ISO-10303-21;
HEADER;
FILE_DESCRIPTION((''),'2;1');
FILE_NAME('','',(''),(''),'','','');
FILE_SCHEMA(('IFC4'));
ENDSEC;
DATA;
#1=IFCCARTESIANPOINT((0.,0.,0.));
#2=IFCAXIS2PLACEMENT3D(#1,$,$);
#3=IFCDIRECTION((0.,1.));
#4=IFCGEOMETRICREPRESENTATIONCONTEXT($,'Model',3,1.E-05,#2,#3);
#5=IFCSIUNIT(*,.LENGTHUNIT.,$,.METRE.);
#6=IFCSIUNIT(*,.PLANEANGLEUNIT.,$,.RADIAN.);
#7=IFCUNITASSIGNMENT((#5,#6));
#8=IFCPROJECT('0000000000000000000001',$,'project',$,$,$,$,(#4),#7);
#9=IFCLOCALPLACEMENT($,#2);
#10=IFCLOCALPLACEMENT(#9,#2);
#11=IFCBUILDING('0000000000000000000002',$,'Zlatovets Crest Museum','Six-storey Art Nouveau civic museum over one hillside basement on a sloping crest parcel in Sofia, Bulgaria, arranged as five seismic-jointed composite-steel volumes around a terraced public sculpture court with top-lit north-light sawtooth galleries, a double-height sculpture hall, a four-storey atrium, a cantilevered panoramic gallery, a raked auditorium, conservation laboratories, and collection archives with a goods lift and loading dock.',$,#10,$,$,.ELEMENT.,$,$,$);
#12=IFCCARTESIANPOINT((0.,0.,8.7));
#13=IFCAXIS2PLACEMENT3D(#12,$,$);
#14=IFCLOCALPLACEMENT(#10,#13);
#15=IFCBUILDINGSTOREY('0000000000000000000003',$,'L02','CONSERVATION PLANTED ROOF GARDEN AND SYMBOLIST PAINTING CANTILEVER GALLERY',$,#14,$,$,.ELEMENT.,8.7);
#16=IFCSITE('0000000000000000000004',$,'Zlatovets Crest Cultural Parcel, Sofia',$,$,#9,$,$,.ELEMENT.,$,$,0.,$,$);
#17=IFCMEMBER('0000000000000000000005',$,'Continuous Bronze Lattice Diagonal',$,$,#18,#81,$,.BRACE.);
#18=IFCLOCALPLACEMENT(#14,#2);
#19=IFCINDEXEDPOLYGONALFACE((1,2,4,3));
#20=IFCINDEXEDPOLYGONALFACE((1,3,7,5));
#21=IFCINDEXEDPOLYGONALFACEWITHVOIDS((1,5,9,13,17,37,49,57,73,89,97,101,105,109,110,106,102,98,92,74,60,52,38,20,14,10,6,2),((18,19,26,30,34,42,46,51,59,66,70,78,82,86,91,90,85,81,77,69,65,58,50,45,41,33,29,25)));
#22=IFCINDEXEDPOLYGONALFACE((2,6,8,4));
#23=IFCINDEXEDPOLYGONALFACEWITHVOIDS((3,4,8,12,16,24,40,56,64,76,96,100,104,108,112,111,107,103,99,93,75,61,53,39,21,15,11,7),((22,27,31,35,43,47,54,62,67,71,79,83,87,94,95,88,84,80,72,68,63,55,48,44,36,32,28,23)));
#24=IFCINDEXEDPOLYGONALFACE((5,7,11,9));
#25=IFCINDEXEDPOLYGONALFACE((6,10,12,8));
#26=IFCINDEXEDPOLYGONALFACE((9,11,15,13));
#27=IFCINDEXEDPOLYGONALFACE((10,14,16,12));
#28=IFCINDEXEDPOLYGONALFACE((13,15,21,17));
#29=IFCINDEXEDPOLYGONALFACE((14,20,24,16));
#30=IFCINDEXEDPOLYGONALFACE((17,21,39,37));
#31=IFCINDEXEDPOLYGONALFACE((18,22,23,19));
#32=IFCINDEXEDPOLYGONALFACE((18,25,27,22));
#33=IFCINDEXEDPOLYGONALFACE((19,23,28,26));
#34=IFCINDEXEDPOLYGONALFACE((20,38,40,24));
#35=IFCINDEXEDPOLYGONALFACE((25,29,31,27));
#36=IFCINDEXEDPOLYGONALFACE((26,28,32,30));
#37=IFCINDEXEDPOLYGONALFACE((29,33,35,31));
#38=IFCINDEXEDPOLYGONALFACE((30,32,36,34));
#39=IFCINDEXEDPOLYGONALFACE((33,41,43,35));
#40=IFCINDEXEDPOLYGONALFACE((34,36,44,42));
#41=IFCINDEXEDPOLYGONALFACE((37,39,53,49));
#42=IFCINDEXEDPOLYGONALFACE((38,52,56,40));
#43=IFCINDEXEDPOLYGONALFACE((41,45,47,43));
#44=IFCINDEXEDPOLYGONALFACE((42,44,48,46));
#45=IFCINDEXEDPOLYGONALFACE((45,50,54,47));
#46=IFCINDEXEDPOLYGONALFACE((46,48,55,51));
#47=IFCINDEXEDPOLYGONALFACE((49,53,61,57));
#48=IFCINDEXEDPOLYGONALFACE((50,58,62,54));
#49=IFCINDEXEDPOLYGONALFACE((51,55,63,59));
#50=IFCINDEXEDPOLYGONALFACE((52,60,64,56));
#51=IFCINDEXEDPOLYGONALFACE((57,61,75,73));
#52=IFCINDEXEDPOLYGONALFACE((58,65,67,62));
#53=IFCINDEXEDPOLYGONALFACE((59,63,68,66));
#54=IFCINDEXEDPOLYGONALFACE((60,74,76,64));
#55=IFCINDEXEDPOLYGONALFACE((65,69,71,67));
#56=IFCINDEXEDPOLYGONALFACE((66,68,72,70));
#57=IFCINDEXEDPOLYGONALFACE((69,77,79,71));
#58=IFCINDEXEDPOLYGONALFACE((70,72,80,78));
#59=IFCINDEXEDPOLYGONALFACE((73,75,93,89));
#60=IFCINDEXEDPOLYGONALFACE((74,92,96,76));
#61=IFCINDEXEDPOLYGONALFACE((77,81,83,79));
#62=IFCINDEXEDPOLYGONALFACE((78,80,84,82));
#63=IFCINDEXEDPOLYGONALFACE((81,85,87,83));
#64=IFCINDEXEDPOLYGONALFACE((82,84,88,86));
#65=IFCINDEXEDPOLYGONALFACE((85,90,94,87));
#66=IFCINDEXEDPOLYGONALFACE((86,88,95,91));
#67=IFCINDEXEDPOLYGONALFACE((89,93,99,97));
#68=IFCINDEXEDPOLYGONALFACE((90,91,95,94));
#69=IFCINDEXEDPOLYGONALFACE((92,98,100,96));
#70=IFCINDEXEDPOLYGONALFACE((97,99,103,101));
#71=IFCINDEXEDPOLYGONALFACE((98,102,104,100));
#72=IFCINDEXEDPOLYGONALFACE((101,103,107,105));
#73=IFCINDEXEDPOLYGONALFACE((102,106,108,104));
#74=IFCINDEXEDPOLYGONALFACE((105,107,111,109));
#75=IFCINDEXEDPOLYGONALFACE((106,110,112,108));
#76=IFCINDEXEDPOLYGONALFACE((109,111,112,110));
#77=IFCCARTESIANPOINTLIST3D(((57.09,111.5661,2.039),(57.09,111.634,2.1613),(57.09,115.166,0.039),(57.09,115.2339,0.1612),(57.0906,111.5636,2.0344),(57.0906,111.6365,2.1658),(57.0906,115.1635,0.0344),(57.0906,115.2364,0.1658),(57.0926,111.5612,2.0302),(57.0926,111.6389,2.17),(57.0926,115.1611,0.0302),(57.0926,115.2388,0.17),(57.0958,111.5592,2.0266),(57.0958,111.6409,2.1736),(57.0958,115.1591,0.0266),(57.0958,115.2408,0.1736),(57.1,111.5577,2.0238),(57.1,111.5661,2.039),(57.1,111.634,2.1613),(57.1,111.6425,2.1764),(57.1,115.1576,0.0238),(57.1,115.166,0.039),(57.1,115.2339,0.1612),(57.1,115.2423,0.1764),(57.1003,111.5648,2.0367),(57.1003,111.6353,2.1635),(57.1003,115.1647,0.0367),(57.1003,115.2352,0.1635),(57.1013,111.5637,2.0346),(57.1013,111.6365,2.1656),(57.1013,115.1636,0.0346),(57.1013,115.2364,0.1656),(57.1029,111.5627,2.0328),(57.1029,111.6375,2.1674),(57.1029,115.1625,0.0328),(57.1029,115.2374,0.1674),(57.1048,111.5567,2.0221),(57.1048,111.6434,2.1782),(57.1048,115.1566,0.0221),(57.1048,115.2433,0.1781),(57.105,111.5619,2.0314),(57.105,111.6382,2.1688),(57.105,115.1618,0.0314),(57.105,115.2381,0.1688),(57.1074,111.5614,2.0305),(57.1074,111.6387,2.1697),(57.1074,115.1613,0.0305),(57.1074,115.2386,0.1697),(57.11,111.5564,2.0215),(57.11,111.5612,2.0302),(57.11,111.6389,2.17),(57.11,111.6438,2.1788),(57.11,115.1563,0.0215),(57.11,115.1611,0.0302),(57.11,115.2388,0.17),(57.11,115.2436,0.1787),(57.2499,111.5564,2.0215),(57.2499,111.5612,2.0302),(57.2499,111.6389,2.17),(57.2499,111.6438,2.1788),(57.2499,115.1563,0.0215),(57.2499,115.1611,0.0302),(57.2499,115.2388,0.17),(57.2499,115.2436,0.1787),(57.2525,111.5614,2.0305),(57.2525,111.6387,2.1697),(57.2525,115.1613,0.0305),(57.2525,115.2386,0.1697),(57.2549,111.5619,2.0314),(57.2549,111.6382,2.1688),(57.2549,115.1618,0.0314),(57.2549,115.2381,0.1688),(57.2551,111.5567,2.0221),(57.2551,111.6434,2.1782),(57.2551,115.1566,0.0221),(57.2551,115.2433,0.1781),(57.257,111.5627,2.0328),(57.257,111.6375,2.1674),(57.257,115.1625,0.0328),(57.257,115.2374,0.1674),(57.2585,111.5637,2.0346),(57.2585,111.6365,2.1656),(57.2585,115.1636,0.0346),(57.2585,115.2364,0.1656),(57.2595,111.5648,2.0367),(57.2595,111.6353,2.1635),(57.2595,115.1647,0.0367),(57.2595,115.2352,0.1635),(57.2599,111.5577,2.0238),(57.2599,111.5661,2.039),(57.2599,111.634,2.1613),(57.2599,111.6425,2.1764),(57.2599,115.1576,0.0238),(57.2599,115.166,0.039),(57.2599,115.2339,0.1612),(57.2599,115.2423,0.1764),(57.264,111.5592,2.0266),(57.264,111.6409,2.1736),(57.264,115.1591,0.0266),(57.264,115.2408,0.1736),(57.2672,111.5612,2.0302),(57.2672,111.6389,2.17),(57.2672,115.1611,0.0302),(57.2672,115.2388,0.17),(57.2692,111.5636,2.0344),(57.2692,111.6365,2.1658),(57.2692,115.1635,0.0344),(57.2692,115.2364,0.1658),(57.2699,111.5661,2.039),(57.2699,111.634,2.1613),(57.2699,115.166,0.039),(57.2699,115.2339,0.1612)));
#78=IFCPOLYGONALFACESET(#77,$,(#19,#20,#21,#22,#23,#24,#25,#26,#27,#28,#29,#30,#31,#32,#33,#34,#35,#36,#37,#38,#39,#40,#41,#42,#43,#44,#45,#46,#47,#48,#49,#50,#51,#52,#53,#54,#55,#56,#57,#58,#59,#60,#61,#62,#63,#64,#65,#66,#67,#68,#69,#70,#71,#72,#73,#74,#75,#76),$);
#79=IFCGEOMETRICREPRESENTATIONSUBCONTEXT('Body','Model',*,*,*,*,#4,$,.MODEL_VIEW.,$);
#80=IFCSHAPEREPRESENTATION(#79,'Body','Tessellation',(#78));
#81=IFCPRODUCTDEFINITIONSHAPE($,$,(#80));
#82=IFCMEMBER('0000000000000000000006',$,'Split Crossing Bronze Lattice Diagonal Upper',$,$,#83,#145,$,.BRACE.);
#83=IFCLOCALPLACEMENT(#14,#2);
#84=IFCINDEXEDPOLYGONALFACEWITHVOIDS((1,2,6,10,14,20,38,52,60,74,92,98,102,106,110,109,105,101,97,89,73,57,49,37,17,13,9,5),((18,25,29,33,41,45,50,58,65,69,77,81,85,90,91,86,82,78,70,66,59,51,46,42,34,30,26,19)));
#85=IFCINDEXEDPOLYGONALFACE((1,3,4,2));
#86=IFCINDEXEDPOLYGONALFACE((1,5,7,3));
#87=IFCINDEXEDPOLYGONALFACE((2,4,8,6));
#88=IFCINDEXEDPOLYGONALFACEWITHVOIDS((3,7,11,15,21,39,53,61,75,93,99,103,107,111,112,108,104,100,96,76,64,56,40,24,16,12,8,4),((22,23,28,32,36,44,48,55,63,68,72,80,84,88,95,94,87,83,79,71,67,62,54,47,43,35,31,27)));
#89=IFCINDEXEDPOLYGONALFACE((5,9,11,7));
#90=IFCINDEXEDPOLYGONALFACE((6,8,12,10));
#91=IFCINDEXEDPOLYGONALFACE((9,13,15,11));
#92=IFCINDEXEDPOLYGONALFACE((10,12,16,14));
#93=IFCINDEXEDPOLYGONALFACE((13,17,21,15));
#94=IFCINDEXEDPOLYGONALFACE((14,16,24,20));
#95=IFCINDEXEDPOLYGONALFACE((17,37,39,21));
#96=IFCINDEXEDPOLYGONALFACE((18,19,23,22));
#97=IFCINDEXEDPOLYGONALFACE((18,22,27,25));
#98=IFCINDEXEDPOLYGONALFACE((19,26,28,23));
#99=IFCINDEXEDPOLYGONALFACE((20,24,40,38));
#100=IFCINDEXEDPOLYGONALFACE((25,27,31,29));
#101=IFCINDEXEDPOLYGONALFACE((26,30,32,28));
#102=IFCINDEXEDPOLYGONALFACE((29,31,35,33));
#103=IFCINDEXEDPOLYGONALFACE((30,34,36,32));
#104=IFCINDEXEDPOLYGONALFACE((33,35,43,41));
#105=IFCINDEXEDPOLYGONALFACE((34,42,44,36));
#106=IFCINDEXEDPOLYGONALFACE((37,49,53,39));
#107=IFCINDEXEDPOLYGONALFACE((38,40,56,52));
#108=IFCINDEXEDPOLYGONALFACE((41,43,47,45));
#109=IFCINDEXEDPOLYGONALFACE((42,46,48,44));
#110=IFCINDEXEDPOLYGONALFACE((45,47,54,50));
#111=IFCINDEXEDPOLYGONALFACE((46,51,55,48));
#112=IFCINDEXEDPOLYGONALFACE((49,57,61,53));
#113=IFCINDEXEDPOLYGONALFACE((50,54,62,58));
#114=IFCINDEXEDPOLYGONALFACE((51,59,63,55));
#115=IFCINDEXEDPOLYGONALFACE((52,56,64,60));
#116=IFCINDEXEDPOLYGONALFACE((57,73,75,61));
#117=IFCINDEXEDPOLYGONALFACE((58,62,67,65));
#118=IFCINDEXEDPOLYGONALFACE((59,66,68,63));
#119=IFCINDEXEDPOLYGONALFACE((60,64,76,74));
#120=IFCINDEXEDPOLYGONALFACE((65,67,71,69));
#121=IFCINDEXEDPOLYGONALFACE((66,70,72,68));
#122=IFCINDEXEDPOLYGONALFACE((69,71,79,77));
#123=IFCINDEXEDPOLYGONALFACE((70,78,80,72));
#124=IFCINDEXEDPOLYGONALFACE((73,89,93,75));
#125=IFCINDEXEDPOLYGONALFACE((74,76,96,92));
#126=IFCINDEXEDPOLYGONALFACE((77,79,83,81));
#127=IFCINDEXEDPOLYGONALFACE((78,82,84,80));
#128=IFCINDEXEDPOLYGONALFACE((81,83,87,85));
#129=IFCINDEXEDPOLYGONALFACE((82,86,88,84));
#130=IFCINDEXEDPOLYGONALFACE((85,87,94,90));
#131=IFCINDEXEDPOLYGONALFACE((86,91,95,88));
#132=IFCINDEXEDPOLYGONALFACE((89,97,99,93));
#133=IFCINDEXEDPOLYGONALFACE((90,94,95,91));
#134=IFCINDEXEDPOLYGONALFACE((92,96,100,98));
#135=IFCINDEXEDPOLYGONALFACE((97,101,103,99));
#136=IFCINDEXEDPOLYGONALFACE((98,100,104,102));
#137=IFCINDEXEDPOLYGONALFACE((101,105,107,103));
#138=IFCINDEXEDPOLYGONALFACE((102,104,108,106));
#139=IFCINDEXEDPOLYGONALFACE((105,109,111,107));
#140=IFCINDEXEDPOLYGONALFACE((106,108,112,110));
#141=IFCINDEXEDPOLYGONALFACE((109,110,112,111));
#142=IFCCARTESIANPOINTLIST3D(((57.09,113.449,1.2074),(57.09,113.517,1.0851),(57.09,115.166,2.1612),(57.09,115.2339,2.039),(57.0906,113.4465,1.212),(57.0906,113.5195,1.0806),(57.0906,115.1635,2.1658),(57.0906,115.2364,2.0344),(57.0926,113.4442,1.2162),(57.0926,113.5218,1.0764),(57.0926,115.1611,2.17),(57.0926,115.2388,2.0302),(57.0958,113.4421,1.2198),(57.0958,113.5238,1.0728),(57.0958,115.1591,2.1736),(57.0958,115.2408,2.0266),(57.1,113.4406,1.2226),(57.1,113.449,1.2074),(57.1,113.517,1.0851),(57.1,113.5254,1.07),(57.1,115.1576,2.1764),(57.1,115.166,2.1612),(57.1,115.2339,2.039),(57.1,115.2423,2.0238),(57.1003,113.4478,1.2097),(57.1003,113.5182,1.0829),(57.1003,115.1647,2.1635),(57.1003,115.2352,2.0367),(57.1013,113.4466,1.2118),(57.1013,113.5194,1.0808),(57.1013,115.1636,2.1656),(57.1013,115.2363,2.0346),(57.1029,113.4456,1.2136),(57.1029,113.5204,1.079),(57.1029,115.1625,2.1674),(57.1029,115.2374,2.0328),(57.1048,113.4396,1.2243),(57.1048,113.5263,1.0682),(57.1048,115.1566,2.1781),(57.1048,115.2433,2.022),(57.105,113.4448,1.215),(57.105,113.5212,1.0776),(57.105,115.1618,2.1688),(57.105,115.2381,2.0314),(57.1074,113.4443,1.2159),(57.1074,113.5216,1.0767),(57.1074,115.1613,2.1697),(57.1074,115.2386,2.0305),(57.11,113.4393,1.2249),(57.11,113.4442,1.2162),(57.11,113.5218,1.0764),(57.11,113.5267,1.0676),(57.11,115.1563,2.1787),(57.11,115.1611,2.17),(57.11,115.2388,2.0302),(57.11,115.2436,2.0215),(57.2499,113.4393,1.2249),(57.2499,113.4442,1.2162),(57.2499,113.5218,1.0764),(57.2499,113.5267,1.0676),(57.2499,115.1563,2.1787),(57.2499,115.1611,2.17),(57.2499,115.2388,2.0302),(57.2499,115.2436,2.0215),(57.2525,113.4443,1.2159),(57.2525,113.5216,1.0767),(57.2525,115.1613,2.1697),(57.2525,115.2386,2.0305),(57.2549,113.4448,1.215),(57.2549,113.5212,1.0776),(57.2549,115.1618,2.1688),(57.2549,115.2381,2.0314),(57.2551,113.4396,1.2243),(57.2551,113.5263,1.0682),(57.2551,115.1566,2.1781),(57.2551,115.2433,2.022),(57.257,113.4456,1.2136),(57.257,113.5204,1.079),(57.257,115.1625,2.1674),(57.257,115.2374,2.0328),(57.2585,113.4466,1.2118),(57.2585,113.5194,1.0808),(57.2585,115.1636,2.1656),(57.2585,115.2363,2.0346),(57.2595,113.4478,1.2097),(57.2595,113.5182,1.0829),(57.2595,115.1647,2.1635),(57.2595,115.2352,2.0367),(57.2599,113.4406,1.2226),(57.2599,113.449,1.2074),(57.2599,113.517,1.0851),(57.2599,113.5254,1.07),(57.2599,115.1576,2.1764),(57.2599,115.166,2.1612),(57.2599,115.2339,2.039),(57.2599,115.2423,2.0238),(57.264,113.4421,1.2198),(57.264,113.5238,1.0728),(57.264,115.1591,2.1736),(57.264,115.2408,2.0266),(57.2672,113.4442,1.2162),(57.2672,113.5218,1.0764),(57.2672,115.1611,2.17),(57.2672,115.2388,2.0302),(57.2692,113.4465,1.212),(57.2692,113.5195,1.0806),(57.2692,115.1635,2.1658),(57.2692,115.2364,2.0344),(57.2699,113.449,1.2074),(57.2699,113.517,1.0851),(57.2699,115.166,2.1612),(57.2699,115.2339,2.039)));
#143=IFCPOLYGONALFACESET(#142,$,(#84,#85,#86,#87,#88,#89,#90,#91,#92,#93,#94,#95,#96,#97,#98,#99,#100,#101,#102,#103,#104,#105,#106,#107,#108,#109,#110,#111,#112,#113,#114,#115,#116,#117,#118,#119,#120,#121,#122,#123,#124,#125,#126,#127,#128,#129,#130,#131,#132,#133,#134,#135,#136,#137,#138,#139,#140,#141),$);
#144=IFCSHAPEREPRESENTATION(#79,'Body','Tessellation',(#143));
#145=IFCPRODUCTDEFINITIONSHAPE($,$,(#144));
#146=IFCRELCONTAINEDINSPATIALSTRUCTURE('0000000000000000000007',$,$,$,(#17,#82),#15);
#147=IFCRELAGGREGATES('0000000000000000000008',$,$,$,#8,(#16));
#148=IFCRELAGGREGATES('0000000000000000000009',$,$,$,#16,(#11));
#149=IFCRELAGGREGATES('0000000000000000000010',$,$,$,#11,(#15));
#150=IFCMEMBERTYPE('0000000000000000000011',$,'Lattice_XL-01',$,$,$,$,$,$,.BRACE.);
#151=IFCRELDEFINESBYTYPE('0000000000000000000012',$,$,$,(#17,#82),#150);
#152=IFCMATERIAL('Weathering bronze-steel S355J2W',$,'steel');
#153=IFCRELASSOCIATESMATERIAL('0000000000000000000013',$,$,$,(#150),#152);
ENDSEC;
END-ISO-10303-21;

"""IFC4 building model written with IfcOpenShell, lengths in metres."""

from ifc_helpers import new_model, si_unit, direction, frame, origin, origin_2d, place, context, subcontext, project, spatial, hollow_rectangle, extrude, material, material_profile, profile_set, type_object, element, save


model = new_model("IFC4")

# Units and contexts
model_context = context("Model", 3, precision=1e-05, world=origin(), true_north=direction((0.0, 1.0)))
body_context = subcontext(model_context, "Body", "Model", "MODEL_VIEW")
ifc_project = project(units=[si_unit("LENGTHUNIT", "METRE"), si_unit("PLANEANGLEUNIT", "RADIAN")], contexts=[model_context])

# Site, building, storey
site_placement = place(None, origin())
site = spatial("IfcSite", under=ifc_project, at=site_placement, Name="Zlatovets Crest Cultural Parcel, Sofia", CompositionType="ELEMENT", RefElevation=0.0)
building_placement = place(site_placement, origin())
building = spatial("IfcBuilding", under=site, at=building_placement, Name="Zlatovets Crest Museum", Description="Six-storey Art Nouveau civic museum over one hillside basement on a sloping crest parcel in Sofia, Bulgaria, arranged as five seismic-jointed composite-steel volumes around a terraced public sculpture court with top-lit north-light sawtooth galleries, a double-height sculpture hall, a four-storey atrium, a cantilevered panoramic gallery, a raked auditorium, conservation laboratories, and collection archives with a goods lift and loading dock.", CompositionType="ELEMENT")
storey_placement = place(building_placement, frame((0.0, 0.0, 8.7)))
storey = spatial("IfcBuildingStorey", under=building, at=storey_placement, Name="L02", Description="CONSERVATION PLANTED ROOF GARDEN AND SYMBOLIST PAINTING CANTILEVER GALLERY", CompositionType="ELEMENT", Elevation=8.7)

# Members
ifc_material_1 = material(Name="Weathering bronze-steel S355J2W", Category="steel")
ifc_material_profile_1 = material_profile(ifc_material_1, hollow_rectangle(XDim=0.1799, YDim=0.1799, WallThickness=0.01, InnerFilletRadius=0.01, OuterFilletRadius=0.02, at=origin_2d()), Name="SHS 180x180x10.0")
ifc_profile_set_1 = profile_set([ifc_material_profile_1], Name="Weathering bronze-steel S355J2W")
member_type_1 = type_object("IfcMemberType", Name="Lattice_XL-01", PredefinedType="BRACE", material=ifc_profile_set_1)
member_1_placement = place(storey_placement, frame((57.1799, 115.2, 0.1001), z_axis=(0.0, -0.874149, 0.485658), x_axis=(1.0, 0.0, 0.0)))
element("IfcMember", 1, at=member_1_placement, inside=storey, type_object=member_type_1, Name="Continuous Bronze Lattice Diagonal", PredefinedType="BRACE", context=body_context, shape_type="SweptSolid", body=[
    extrude(hollow_rectangle(XDim=0.1799, YDim=0.1799, WallThickness=0.01, InnerFilletRadius=0.01, OuterFilletRadius=0.02, at=origin_2d()), origin(), (0.0, 0.0, 1.0), 4.1182),
])
member_2_placement = place(storey_placement, frame((57.1799, 115.2, 2.1001), z_axis=(0.0, -0.874169, -0.485622), x_axis=(1.0, 0.0, 0.0)))
element("IfcMember", 2, at=member_2_placement, inside=storey, type_object=member_type_1, Name="Split Crossing Bronze Lattice Diagonal Upper", PredefinedType="BRACE", context=body_context, shape_type="SweptSolid", body=[
    extrude(hollow_rectangle(XDim=0.1799, YDim=0.1799, WallThickness=0.01, InnerFilletRadius=0.01, OuterFilletRadius=0.02, at=origin_2d()), origin(), (0.0, 0.0, 1.0), 1.9641),
])

save(model, "model.ifc")
